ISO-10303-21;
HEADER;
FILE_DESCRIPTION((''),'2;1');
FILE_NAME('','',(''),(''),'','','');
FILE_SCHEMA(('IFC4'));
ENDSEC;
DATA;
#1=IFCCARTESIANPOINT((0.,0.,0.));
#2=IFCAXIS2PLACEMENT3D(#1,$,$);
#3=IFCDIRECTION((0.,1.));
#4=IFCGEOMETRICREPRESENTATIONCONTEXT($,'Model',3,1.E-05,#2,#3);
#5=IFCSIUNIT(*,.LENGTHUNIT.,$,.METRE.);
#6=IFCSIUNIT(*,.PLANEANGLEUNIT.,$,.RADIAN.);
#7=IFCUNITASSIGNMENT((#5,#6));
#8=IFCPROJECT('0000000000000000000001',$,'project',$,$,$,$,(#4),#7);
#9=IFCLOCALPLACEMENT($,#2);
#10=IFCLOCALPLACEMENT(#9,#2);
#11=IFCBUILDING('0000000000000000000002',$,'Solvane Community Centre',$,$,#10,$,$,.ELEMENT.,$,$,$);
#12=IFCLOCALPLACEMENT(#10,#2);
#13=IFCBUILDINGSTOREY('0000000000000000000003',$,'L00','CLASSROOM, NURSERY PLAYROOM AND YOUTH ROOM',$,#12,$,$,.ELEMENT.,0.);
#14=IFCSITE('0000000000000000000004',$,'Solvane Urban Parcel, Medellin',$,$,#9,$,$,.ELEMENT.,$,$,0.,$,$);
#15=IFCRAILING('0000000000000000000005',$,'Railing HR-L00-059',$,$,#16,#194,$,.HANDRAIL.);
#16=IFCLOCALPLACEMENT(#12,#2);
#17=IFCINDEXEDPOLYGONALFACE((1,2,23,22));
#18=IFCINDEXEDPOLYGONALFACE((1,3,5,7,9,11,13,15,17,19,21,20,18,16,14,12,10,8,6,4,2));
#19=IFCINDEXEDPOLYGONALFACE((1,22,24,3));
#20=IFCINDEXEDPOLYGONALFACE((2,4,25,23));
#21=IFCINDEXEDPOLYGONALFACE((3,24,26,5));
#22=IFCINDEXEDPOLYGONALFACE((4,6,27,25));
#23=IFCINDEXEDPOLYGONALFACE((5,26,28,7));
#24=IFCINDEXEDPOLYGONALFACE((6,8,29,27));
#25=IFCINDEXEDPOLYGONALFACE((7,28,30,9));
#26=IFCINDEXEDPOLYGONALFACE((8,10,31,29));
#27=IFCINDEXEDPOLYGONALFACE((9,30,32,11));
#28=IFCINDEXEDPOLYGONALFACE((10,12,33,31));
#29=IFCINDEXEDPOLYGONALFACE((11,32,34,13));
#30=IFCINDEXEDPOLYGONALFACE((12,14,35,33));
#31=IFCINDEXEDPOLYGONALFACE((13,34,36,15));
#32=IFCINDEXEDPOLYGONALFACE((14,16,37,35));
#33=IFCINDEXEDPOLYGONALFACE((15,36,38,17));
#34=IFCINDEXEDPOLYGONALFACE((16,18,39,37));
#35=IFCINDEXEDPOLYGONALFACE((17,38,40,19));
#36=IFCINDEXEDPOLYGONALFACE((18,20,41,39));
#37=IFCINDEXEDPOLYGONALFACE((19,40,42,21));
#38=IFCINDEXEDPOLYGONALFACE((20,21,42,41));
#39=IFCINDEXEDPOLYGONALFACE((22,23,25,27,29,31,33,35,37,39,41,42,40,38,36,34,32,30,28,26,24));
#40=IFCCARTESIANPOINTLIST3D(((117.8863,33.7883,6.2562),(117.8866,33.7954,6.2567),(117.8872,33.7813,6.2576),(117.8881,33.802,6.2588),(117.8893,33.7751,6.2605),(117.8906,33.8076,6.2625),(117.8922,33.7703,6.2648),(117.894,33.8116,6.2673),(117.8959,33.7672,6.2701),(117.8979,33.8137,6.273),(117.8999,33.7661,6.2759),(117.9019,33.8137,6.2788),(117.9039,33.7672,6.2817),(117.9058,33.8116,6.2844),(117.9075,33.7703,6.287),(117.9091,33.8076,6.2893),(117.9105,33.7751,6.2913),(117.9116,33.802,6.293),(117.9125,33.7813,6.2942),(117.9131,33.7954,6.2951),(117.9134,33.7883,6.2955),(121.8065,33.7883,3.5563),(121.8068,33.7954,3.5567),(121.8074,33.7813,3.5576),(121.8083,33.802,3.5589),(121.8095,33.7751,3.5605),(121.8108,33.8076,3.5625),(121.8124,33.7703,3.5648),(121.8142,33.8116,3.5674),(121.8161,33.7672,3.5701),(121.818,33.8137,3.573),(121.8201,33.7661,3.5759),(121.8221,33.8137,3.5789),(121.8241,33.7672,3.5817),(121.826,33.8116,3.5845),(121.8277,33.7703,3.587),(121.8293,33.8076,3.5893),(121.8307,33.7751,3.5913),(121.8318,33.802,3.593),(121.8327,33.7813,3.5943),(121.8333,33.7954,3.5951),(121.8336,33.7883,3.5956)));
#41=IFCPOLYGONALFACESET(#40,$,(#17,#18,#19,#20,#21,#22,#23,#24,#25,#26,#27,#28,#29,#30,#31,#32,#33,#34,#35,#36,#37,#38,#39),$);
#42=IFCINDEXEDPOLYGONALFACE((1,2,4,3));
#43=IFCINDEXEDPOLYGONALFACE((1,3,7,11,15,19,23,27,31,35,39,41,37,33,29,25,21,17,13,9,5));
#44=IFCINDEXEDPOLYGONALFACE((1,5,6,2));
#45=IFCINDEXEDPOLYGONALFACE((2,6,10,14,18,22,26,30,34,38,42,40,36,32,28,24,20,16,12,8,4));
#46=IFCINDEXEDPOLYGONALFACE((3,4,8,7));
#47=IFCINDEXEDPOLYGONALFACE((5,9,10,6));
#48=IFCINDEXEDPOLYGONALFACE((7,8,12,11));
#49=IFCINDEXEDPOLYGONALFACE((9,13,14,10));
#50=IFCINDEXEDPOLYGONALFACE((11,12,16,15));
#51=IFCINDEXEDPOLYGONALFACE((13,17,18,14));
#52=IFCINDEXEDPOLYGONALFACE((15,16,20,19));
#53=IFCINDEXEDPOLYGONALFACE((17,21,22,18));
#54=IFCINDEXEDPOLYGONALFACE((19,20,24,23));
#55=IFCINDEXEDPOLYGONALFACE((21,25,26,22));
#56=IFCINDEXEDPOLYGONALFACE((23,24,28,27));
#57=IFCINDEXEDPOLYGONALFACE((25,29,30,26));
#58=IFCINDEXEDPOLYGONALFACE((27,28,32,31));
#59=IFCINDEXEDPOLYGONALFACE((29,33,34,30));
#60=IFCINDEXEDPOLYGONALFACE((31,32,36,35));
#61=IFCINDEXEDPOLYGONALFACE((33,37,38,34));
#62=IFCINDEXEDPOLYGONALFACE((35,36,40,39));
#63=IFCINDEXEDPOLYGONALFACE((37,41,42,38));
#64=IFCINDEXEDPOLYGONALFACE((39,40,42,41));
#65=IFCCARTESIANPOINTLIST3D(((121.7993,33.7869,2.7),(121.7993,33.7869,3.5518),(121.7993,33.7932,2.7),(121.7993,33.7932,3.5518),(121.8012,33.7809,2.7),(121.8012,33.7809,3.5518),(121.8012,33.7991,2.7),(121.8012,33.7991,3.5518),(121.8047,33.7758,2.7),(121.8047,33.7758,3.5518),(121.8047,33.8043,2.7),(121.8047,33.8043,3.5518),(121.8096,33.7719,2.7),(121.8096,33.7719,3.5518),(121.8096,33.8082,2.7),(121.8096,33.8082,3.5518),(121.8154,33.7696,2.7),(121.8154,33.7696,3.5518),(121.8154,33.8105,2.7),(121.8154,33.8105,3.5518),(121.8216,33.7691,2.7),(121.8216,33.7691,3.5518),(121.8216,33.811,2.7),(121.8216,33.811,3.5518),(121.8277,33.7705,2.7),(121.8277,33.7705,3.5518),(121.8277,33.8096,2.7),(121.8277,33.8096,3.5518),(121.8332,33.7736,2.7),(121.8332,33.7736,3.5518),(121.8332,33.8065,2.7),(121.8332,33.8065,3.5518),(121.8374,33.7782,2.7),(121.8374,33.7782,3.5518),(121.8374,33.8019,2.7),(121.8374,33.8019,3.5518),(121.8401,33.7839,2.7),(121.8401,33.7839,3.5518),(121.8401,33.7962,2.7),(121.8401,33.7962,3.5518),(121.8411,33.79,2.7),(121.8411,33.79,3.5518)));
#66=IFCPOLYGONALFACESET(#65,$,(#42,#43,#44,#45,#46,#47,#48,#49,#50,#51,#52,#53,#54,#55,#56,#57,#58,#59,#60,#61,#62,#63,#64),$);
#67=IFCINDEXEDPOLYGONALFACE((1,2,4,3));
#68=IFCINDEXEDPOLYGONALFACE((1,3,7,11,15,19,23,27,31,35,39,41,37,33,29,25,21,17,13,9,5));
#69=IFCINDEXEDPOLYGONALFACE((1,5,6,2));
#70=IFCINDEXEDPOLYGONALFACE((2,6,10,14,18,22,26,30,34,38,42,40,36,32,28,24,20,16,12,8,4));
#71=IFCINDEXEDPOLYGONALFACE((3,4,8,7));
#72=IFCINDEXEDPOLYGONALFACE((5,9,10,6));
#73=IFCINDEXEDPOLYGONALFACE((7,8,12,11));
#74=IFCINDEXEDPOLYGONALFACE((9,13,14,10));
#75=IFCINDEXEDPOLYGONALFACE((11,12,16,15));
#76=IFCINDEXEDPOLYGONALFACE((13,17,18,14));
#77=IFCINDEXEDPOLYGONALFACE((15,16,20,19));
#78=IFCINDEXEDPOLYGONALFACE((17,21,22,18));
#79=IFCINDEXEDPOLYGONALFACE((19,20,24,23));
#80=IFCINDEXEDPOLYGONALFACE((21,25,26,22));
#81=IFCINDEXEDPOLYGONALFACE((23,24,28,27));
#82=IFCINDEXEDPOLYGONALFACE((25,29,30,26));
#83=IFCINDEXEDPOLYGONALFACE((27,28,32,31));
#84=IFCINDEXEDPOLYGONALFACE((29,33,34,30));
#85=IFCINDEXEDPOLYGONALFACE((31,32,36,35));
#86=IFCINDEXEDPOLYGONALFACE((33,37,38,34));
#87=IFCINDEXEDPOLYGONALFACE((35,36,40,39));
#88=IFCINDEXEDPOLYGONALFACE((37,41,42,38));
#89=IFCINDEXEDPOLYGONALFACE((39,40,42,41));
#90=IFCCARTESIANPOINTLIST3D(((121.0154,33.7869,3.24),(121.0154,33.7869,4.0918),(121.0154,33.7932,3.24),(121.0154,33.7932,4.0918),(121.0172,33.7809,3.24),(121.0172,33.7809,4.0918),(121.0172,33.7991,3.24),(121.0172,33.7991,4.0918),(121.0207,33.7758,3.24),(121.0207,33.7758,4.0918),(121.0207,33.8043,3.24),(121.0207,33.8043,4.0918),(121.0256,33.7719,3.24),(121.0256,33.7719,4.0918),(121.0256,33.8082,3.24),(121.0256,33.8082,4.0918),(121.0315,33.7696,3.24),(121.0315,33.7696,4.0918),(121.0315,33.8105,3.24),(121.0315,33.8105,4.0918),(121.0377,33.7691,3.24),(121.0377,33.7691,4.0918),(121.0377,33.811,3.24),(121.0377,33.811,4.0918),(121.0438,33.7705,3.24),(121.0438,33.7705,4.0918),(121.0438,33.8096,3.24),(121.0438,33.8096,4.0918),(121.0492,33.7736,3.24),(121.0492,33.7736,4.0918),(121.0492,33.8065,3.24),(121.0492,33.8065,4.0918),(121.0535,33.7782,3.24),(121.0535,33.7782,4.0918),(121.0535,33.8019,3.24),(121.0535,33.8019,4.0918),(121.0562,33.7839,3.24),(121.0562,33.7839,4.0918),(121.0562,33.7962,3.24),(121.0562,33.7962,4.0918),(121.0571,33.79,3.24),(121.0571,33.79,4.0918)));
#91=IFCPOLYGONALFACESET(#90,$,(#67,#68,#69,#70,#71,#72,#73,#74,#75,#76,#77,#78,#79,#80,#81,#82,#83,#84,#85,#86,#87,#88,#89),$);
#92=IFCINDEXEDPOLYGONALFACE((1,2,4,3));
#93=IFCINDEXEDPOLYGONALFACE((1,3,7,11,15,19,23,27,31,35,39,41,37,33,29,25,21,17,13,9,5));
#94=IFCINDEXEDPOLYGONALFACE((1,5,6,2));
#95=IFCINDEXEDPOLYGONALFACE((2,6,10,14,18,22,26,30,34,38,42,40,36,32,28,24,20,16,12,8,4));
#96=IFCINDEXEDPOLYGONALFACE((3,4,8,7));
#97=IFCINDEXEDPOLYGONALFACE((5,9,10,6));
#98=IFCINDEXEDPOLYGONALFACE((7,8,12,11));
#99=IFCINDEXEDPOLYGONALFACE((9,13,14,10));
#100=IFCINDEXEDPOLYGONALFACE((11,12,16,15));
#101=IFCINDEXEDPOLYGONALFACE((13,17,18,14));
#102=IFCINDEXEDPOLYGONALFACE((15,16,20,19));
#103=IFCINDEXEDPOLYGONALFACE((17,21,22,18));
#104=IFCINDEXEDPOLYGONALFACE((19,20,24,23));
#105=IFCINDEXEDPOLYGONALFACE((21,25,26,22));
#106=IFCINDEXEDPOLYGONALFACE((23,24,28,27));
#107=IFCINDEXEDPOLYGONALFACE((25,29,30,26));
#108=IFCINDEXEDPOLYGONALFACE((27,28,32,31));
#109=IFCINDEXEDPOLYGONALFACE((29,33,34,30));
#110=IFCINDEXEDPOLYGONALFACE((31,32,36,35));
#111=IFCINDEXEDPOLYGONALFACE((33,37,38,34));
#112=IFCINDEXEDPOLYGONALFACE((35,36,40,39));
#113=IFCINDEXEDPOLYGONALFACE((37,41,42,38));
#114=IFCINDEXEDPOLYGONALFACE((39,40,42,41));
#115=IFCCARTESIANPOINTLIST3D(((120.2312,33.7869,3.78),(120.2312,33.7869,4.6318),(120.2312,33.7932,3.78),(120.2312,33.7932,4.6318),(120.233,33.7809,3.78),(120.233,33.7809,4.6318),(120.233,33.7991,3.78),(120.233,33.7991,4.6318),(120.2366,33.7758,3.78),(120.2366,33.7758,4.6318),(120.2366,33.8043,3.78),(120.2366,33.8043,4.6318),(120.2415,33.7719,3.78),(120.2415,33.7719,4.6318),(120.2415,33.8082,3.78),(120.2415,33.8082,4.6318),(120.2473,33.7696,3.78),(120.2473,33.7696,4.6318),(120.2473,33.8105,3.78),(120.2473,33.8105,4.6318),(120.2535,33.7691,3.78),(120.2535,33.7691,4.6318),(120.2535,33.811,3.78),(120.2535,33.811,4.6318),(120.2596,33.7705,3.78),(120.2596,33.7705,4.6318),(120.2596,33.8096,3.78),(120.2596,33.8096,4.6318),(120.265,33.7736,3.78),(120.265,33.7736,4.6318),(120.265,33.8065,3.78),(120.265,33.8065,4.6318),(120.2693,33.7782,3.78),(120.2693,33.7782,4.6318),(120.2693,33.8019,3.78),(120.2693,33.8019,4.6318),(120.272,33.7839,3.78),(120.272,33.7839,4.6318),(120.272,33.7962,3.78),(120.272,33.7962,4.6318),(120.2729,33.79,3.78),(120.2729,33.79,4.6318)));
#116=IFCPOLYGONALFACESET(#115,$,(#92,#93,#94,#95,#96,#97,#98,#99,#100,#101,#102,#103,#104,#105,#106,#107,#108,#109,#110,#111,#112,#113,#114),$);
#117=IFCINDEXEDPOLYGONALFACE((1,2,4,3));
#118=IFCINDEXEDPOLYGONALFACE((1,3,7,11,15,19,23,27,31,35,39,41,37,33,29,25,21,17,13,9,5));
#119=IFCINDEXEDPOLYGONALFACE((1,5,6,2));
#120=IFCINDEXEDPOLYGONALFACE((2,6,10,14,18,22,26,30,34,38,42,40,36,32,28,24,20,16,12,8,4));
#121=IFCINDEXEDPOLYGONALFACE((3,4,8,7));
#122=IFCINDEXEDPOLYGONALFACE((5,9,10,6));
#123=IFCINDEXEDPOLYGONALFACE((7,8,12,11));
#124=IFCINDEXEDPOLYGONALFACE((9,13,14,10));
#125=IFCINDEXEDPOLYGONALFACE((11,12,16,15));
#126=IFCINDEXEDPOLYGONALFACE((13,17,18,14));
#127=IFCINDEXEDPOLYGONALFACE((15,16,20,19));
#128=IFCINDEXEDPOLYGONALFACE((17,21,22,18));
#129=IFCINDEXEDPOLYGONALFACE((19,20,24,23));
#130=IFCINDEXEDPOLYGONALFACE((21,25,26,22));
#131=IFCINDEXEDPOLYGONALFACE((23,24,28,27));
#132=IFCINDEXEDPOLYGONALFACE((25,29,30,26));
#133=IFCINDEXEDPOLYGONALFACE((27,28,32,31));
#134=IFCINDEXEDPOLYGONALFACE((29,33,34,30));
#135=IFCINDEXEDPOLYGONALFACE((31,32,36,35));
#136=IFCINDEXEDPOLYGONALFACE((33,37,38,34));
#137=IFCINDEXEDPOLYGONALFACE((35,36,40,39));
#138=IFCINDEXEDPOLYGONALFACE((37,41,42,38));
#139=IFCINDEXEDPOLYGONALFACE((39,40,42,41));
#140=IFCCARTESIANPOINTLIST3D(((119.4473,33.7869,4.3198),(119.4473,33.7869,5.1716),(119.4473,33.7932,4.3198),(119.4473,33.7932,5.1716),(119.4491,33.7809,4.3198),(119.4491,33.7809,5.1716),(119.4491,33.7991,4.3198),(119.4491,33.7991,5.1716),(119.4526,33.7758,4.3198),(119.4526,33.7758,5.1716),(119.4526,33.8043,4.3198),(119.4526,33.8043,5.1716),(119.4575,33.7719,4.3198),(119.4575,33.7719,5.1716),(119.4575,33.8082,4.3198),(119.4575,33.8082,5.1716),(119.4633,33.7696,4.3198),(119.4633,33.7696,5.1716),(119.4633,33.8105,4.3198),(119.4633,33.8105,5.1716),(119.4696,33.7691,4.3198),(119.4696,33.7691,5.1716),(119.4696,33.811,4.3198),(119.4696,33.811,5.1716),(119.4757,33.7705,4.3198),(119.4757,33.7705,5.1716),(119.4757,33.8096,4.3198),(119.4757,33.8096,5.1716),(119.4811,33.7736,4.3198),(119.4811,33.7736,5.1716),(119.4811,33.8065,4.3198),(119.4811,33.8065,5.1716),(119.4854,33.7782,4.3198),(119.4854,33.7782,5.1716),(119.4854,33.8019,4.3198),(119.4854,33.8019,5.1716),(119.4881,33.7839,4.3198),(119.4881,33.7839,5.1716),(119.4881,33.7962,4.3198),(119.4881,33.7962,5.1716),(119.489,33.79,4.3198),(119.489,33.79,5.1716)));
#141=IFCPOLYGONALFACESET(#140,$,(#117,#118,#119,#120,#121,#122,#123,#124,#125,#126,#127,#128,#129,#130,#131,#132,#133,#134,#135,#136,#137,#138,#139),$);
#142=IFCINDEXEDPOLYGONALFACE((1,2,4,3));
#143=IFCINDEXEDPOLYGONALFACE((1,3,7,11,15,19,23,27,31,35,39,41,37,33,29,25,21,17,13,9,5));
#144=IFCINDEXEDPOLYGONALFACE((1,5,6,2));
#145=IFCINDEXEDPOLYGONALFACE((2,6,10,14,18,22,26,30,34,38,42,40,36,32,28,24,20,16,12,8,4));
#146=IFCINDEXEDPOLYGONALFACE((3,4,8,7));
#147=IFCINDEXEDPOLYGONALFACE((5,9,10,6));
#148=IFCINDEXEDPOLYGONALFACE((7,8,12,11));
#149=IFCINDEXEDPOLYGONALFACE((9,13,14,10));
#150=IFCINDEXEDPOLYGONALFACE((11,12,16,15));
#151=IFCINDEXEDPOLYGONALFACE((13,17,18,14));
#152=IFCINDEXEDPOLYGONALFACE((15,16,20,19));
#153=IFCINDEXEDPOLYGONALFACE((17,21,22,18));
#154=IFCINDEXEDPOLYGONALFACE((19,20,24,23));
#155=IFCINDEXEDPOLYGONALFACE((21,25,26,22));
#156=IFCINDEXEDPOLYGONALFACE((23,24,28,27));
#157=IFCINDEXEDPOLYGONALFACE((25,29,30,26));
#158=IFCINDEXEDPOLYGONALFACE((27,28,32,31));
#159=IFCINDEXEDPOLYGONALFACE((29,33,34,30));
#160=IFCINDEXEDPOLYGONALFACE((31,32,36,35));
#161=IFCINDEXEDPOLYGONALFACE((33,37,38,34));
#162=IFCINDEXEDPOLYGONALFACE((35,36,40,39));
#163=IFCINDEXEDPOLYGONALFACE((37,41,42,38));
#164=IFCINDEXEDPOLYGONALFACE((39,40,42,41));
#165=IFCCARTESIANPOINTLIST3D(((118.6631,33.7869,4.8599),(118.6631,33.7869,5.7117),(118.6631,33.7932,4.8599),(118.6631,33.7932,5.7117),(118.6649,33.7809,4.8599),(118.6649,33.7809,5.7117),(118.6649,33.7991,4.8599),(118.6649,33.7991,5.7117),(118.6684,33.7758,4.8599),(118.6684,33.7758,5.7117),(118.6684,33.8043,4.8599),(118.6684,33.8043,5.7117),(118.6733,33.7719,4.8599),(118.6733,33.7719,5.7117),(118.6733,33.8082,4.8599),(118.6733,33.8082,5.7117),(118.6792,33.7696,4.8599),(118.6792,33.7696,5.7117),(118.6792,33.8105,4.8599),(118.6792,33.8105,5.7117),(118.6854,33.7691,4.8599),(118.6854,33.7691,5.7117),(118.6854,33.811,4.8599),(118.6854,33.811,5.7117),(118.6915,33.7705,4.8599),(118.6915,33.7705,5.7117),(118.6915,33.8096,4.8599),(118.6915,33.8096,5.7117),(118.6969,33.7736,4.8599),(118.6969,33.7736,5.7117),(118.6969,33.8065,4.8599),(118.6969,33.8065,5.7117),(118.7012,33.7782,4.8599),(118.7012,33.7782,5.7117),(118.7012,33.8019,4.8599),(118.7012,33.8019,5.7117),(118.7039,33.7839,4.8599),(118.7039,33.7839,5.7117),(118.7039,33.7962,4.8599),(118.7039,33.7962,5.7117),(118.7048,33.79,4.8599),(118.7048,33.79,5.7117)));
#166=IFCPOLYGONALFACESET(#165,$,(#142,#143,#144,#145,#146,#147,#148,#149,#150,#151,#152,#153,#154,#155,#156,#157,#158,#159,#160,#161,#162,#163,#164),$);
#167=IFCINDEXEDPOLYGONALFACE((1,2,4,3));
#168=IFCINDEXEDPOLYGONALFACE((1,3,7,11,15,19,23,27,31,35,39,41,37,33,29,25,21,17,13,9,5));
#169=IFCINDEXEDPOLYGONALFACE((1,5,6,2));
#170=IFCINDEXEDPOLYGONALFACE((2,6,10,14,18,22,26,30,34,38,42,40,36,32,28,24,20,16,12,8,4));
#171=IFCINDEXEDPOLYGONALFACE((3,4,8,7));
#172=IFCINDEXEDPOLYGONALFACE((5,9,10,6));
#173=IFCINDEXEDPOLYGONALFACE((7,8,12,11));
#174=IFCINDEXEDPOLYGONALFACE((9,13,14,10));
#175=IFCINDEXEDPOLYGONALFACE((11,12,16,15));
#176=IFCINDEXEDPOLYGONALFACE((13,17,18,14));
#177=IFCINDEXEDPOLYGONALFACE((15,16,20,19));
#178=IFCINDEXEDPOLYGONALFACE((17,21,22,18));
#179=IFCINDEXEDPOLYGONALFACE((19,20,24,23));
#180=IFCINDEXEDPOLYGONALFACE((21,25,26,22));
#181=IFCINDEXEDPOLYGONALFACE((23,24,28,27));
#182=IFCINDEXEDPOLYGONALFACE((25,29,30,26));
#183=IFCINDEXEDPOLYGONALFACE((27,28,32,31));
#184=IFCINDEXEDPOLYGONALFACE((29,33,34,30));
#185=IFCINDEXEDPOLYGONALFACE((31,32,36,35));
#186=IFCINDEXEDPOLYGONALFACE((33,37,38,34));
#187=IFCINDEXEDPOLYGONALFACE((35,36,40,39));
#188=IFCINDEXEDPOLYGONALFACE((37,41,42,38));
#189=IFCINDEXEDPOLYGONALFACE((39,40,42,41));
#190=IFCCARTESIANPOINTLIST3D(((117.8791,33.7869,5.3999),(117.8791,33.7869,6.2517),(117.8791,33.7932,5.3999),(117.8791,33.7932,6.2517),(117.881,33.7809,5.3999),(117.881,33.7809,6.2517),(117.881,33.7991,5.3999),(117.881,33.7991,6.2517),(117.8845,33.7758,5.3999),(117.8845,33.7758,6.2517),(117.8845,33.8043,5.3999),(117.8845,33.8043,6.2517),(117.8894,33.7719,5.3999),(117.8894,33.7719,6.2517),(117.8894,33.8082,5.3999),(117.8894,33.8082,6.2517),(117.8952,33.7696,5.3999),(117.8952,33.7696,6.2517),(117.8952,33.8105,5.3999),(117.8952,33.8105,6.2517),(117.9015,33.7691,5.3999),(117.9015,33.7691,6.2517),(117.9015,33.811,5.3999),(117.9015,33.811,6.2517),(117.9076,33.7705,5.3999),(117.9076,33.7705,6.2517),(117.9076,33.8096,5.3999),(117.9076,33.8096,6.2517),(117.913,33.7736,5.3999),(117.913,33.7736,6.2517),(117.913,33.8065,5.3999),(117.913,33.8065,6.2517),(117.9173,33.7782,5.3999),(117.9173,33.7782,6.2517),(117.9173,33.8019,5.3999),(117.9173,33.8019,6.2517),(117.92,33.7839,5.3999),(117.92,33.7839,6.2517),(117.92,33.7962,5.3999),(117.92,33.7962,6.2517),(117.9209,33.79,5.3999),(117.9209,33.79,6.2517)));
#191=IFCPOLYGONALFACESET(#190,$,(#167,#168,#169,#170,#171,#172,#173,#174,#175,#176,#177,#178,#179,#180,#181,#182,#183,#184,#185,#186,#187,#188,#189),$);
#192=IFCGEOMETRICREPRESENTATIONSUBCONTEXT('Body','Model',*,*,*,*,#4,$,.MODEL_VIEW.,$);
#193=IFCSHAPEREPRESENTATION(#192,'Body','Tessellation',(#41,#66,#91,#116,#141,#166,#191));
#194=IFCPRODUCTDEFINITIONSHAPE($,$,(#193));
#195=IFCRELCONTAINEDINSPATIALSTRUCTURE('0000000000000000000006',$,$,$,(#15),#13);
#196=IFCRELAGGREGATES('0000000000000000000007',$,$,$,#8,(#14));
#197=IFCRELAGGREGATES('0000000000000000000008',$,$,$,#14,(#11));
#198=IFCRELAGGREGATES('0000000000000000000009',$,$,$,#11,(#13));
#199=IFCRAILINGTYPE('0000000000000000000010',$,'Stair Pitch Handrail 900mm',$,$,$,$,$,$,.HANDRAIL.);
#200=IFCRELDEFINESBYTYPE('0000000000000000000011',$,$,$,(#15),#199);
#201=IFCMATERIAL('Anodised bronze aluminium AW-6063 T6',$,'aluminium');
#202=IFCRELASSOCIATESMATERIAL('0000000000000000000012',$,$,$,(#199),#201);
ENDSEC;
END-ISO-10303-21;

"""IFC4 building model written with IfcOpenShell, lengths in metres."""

from ifc_helpers import new_model, si_unit, direction, frame, origin, origin_2d, place, context, subcontext, project, spatial, circle, extrude, material, type_object, element, save


model = new_model("IFC4")

# Units and contexts
model_context = context("Model", 3, precision=1e-05, world=origin(), true_north=direction((0.0, 1.0)))
body_context = subcontext(model_context, "Body", "Model", "MODEL_VIEW")
ifc_project = project(units=[si_unit("LENGTHUNIT", "METRE"), si_unit("PLANEANGLEUNIT", "RADIAN")], contexts=[model_context])

# Site, building, storey
site_placement = place(None, origin())
site = spatial("IfcSite", under=ifc_project, at=site_placement, Name="Solvane Urban Parcel, Medellin", CompositionType="ELEMENT", RefElevation=0.0)
building_placement = place(site_placement, origin())
building = spatial("IfcBuilding", under=site, at=building_placement, Name="Solvane Community Centre", CompositionType="ELEMENT")
storey_placement = place(building_placement, origin())
storey = spatial("IfcBuildingStorey", under=building, at=storey_placement, Name="L00", Description="CLASSROOM, NURSERY PLAYROOM AND YOUTH ROOM", CompositionType="ELEMENT", Elevation=0.0)

# Railing
ifc_material_1 = material(Name="Anodised bronze aluminium AW-6063 T6", Category="aluminium")
railing_type_1 = type_object("IfcRailingType", Name="Stair Pitch Handrail 900mm", PredefinedType="HANDRAIL", material=ifc_material_1)
railing_1_placement = place(storey_placement, frame((121.8201, 33.79, 2.7)))
element("IfcRailing", 1, at=railing_1_placement, inside=storey, type_object=railing_type_1, Name="Railing HR-L00-059", PredefinedType="HANDRAIL", context=body_context, shape_type="SweptSolid", body=[
    extrude(circle(Radius=0.0239, at=origin_2d()), frame((0.0, 0.0, 0.876), z_axis=(-0.823567, 0.0, 0.567219), x_axis=(0.0, -1.0, 0.0)), (0.0, 0.0, 1.0), 4.76),
    extrude(circle(Radius=0.021, at=origin_2d()), origin(), (0.0, 0.0, 1.0), 0.8518),
    extrude(circle(Radius=0.021, at=origin_2d()), frame((-0.7839, 0.0, 0.54)), (0.0, 0.0, 1.0), 0.8518),
    extrude(circle(Radius=0.021, at=origin_2d()), frame((-1.5681, 0.0, 1.0801)), (0.0, 0.0, 1.0), 0.8518),
    extrude(circle(Radius=0.021, at=origin_2d()), frame((-2.3521, 0.0, 1.6199)), (0.0, 0.0, 1.0), 0.8518),
    extrude(circle(Radius=0.021, at=origin_2d()), frame((-3.1362, 0.0, 2.1599)), (0.0, 0.0, 1.0), 0.8518),
    extrude(circle(Radius=0.021, at=origin_2d()), frame((-3.9202, 0.0, 2.7)), (0.0, 0.0, 1.0), 0.8518),
])

save(model, "model.ifc")
